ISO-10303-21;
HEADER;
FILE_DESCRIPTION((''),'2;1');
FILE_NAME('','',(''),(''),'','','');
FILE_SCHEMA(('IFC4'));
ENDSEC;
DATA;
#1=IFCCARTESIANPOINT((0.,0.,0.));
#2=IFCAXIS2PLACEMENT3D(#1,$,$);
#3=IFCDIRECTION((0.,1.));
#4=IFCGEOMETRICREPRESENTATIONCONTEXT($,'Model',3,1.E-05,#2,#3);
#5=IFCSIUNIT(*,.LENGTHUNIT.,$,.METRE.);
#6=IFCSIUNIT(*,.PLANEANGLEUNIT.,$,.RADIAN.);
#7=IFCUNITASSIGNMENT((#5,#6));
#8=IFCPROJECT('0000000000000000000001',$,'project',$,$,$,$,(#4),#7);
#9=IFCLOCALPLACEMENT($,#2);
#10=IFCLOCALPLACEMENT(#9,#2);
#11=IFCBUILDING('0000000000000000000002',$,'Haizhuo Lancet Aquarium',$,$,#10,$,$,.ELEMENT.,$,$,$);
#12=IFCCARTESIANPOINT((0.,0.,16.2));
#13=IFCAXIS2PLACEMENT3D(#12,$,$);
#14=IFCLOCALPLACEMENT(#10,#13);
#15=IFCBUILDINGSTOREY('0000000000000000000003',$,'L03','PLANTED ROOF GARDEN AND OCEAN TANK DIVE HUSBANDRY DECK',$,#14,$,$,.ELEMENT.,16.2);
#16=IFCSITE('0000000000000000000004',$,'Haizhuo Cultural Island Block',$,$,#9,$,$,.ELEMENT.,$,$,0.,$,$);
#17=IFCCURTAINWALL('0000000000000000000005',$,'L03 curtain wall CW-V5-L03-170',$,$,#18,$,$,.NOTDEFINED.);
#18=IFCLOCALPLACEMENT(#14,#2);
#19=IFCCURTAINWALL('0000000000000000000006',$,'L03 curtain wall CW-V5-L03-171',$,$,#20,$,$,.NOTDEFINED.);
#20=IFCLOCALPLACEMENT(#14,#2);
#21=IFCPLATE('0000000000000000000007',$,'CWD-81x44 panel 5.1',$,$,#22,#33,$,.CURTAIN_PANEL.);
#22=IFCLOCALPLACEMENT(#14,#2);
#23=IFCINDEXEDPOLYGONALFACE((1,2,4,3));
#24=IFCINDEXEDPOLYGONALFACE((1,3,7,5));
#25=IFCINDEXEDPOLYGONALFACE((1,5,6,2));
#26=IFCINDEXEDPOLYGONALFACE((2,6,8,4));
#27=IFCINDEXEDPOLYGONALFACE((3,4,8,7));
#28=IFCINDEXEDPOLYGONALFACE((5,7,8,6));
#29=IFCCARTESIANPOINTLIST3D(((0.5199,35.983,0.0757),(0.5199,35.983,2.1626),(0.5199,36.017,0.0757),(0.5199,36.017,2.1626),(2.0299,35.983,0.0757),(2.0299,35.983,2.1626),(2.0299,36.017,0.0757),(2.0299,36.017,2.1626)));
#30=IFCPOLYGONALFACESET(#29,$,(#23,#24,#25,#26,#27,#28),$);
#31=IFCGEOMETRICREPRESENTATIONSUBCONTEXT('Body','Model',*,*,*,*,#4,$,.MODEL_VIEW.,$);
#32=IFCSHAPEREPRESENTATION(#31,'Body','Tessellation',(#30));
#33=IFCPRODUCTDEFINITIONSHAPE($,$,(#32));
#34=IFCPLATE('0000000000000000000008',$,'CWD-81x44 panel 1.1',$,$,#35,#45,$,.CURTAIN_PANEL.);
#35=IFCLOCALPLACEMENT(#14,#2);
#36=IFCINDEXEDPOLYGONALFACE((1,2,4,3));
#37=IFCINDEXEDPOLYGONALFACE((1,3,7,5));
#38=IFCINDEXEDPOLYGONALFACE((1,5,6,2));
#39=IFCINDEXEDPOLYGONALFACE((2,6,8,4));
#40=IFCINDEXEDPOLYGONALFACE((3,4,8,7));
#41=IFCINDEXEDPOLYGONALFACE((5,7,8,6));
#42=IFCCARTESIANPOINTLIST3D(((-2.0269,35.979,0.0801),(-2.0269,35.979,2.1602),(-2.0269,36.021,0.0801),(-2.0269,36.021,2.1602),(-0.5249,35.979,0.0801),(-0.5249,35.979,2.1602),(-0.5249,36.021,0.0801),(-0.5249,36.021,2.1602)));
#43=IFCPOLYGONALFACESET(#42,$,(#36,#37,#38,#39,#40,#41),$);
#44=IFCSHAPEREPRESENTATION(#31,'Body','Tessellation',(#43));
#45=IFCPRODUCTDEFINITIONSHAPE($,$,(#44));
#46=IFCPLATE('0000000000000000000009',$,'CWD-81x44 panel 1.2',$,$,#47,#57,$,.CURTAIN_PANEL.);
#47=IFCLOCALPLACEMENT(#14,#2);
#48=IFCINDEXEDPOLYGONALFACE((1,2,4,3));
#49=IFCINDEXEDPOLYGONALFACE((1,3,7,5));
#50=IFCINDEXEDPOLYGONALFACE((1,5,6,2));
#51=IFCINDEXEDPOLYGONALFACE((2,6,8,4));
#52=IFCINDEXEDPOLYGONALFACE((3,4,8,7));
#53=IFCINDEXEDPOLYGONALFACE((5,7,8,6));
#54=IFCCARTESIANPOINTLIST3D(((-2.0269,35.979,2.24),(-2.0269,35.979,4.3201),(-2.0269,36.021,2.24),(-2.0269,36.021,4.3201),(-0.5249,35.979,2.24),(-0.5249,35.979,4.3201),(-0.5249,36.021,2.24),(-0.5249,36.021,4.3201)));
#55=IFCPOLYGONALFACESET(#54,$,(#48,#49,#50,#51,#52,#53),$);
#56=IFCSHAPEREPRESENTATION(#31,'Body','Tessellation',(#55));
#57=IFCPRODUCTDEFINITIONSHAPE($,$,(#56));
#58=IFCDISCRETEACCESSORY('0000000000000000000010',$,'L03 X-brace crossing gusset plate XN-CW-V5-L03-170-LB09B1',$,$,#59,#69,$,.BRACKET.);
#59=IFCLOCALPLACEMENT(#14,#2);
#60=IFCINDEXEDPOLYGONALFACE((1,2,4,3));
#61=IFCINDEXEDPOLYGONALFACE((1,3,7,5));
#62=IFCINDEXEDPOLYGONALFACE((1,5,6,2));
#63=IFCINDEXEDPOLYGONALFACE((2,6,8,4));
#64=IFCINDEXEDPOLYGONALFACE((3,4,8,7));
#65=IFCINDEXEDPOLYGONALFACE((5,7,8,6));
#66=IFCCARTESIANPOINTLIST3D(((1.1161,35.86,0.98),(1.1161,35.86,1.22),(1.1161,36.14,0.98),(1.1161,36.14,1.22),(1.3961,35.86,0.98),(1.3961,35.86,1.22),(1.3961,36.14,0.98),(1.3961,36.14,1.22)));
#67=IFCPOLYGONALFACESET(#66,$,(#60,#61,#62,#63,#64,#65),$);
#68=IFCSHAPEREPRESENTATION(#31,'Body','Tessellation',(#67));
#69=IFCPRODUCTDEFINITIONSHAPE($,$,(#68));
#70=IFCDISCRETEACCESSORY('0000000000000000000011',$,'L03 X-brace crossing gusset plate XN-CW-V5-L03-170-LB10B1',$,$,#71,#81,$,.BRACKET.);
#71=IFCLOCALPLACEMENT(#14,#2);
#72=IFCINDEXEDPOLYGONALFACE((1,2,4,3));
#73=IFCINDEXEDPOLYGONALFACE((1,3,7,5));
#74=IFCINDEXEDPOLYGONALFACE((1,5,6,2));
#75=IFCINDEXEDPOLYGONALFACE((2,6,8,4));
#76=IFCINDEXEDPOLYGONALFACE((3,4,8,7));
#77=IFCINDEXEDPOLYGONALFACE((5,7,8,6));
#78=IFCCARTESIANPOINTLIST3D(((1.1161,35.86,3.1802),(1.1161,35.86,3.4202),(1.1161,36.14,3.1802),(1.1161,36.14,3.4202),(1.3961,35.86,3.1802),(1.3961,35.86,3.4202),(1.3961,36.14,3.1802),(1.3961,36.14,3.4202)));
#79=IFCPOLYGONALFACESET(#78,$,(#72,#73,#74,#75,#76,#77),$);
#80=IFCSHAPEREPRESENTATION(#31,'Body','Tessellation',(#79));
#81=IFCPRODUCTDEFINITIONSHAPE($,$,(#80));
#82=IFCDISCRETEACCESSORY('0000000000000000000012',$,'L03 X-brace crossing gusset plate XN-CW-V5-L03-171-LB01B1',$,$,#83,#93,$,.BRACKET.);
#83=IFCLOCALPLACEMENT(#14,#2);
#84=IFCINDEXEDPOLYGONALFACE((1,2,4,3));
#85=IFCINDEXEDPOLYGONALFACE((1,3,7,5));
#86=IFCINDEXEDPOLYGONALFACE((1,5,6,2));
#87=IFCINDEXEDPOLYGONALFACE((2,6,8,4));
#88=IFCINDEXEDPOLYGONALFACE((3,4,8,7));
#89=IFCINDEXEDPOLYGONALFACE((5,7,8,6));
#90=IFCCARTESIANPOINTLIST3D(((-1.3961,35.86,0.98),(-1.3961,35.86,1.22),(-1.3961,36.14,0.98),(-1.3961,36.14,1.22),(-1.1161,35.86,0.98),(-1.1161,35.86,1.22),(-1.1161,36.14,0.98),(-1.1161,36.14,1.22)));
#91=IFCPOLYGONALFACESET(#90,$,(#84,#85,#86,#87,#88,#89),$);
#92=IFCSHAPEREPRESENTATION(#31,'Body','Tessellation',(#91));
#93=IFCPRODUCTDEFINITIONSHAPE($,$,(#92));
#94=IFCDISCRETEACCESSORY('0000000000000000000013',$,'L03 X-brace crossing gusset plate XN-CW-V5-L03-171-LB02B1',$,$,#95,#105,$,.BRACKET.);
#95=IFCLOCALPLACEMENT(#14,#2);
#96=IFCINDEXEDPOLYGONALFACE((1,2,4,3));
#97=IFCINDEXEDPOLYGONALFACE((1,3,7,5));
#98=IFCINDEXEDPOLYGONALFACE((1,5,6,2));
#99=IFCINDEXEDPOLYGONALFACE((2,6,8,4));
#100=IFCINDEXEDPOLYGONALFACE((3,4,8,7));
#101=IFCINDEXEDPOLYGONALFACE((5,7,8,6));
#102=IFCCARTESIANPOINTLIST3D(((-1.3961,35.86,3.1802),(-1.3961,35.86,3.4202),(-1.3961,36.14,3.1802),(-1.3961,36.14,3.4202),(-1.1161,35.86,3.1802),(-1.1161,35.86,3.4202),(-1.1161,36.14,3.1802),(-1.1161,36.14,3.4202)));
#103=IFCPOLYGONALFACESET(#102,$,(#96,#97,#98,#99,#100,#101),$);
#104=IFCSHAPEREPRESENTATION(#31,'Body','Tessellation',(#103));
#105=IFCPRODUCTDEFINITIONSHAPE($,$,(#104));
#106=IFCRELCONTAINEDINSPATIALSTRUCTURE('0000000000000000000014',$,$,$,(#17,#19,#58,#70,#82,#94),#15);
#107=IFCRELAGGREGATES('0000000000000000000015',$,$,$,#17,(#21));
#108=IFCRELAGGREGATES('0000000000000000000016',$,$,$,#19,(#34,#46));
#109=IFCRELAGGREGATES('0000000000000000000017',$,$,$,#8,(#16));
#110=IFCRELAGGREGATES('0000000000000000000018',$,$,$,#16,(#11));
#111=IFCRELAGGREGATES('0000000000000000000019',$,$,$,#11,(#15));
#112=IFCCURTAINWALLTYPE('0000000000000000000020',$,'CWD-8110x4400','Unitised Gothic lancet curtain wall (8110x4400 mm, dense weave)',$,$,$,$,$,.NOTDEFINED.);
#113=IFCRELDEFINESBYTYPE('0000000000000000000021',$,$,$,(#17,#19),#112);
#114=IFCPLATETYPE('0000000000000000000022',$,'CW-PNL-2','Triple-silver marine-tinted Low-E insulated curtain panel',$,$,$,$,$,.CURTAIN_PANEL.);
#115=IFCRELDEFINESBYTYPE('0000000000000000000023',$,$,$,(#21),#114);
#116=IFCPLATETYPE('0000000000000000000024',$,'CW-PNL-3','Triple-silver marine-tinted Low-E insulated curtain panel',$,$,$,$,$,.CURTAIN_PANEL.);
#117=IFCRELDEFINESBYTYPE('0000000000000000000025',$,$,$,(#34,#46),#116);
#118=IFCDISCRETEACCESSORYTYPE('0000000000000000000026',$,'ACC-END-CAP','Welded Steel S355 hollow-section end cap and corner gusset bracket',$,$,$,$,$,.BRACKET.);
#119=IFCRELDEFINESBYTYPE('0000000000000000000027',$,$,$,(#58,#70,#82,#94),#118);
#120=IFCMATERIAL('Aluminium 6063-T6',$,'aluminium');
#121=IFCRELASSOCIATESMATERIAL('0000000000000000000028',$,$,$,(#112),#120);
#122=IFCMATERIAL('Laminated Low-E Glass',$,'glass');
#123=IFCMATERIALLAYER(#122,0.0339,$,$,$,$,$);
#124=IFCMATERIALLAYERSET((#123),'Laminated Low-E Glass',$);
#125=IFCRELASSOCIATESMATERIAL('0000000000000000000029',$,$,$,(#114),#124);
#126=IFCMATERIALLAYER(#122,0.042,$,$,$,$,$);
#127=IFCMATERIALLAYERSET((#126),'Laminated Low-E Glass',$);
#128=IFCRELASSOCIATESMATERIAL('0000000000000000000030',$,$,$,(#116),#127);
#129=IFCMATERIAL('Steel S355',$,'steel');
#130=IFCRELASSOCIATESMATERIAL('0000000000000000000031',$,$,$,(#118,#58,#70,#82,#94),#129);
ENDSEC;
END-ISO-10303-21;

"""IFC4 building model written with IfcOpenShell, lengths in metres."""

from ifc_helpers import new_model, si_unit, direction, frame, origin, origin_2d, place, context, subcontext, project, spatial, rectangle, extrude, material, layer, layer_set, type_object, element, aggregate, save


model = new_model("IFC4")

# Units and contexts
model_context = context("Model", 3, precision=1e-05, world=origin(), true_north=direction((0.0, 1.0)))
body_context = subcontext(model_context, "Body", "Model", "MODEL_VIEW")
ifc_project = project(units=[si_unit("LENGTHUNIT", "METRE"), si_unit("PLANEANGLEUNIT", "RADIAN")], contexts=[model_context])

# Site, building, storey
site_placement = place(None, origin())
site = spatial("IfcSite", under=ifc_project, at=site_placement, Name="Haizhuo Cultural Island Block", CompositionType="ELEMENT", RefElevation=0.0)
building_placement = place(site_placement, origin())
building = spatial("IfcBuilding", under=site, at=building_placement, Name="Haizhuo Lancet Aquarium", CompositionType="ELEMENT")
storey_placement = place(building_placement, frame((0.0, 0.0, 16.2)))
storey = spatial("IfcBuildingStorey", under=building, at=storey_placement, Name="L03", Description="PLANTED ROOF GARDEN AND OCEAN TANK DIVE HUSBANDRY DECK", CompositionType="ELEMENT", Elevation=16.2)

# Curtain wall
ifc_material_1 = material(Name="Aluminium 6063-T6", Category="aluminium")
curtain_wall_type = type_object("IfcCurtainWallType", Name="CWD-8110x4400", Description="Unitised Gothic lancet curtain wall (8110x4400 mm, dense weave)", PredefinedType="NOTDEFINED", material=ifc_material_1)
curtain_wall_1_placement = place(storey_placement, origin())
curtain_wall_1 = element("IfcCurtainWall", 1, at=curtain_wall_1_placement, inside=storey, type_object=curtain_wall_type, Name="L03 curtain wall CW-V5-L03-170", PredefinedType="NOTDEFINED")

# Curtain wall
curtain_wall_2_placement = place(storey_placement, origin())
curtain_wall_2 = element("IfcCurtainWall", 2, at=curtain_wall_2_placement, inside=storey, type_object=curtain_wall_type, Name="L03 curtain wall CW-V5-L03-171", PredefinedType="NOTDEFINED")

# Shared definitions
ifc_material_2 = material(Name="Steel S355", Category="steel")

# Plates
ifc_material_3 = material(Name="Laminated Low-E Glass", Category="glass")
ifc_layer_1 = layer(ifc_material_3, 0.0339)
ifc_layer_set_1 = layer_set([ifc_layer_1], Name="Laminated Low-E Glass")
plate_type_1 = type_object("IfcPlateType", Name="CW-PNL-2", Description="Triple-silver marine-tinted Low-E insulated curtain panel", PredefinedType="CURTAIN_PANEL", material=ifc_layer_set_1)
plate_1_placement = place(storey_placement, frame((1.2749, 36.0, 0.0757), z_axis=(0.0, 0.0, 1.0), x_axis=(-1.0, 0.0, 0.0)))
plate_1 = element("IfcPlate", 3, at=plate_1_placement, type_object=plate_type_1, Name="CWD-81x44 panel 5.1", PredefinedType="CURTAIN_PANEL", context=body_context, shape_type="SweptSolid", body=[
    extrude(rectangle(XDim=1.51, YDim=0.0339, at=origin_2d()), origin(), (0.0, 0.0, 1.0), 2.0869),
])
aggregate(curtain_wall_1, [plate_1])
ifc_layer_2 = layer(ifc_material_3, 0.042)
ifc_layer_set_2 = layer_set([ifc_layer_2], Name="Laminated Low-E Glass")
plate_type_2 = type_object("IfcPlateType", Name="CW-PNL-3", Description="Triple-silver marine-tinted Low-E insulated curtain panel", PredefinedType="CURTAIN_PANEL", material=ifc_layer_set_2)
plate_2_placement = place(storey_placement, frame((-1.2759, 36.0, 0.0801), z_axis=(0.0, 0.0, 1.0), x_axis=(-1.0, 0.0, 0.0)))
plate_2 = element("IfcPlate", 4, at=plate_2_placement, type_object=plate_type_2, Name="CWD-81x44 panel 1.1", PredefinedType="CURTAIN_PANEL", context=body_context, shape_type="SweptSolid", body=[
    extrude(rectangle(XDim=1.502, YDim=0.042, at=origin_2d()), origin(), (0.0, 0.0, 1.0), 2.0801),
])
plate_3_placement = place(storey_placement, frame((-1.2759, 36.0, 2.24), z_axis=(0.0, 0.0, 1.0), x_axis=(-1.0, 0.0, 0.0)))
plate_3 = element("IfcPlate", 5, at=plate_3_placement, type_object=plate_type_2, Name="CWD-81x44 panel 1.2", PredefinedType="CURTAIN_PANEL", context=body_context, shape_type="SweptSolid", body=[
    extrude(rectangle(XDim=1.502, YDim=0.042, at=origin_2d()), origin(), (0.0, 0.0, 1.0), 2.0801),
])
aggregate(curtain_wall_2, [plate_2, plate_3])

# Discrete accessories
discrete_accessory_type = type_object("IfcDiscreteAccessoryType", Name="ACC-END-CAP", Description="Welded Steel S355 hollow-section end cap and corner gusset bracket", PredefinedType="BRACKET", material=ifc_material_2)
for number, where, z_axis, x_axis, name in (
    (6, (1.2561, 36.0, 0.98), (0.0, 0.0, 1.0), (1.0, 0.0, 0.0), "L03 X-brace crossing gusset plate XN-CW-V5-L03-170-LB09B1"),
    (7, (1.2561, 36.0, 3.1802), (0.0, 0.0, 1.0), (1.0, 0.0, 0.0), "L03 X-brace crossing gusset plate XN-CW-V5-L03-170-LB10B1"),
    (8, (-1.2561, 36.0, 0.98), (0.0, 0.0, 1.0), (1.0, 0.0, 0.0), "L03 X-brace crossing gusset plate XN-CW-V5-L03-171-LB01B1"),
    (9, (-1.2561, 36.0, 3.1802), (0.0, 0.0, 1.0), (1.0, 0.0, 0.0), "L03 X-brace crossing gusset plate XN-CW-V5-L03-171-LB02B1"),
):
    element("IfcDiscreteAccessory", number, at=place(storey_placement, frame(where, z_axis=z_axis, x_axis=x_axis)), inside=storey, type_object=discrete_accessory_type, material=ifc_material_2, Name=name, PredefinedType="BRACKET", context=body_context, shape_type="SweptSolid", body=[
        extrude(rectangle(XDim=0.28, YDim=0.28, at=origin_2d()), origin(), (0.0, 0.0, 1.0), 0.24),
    ])

save(model, "model.ifc")
